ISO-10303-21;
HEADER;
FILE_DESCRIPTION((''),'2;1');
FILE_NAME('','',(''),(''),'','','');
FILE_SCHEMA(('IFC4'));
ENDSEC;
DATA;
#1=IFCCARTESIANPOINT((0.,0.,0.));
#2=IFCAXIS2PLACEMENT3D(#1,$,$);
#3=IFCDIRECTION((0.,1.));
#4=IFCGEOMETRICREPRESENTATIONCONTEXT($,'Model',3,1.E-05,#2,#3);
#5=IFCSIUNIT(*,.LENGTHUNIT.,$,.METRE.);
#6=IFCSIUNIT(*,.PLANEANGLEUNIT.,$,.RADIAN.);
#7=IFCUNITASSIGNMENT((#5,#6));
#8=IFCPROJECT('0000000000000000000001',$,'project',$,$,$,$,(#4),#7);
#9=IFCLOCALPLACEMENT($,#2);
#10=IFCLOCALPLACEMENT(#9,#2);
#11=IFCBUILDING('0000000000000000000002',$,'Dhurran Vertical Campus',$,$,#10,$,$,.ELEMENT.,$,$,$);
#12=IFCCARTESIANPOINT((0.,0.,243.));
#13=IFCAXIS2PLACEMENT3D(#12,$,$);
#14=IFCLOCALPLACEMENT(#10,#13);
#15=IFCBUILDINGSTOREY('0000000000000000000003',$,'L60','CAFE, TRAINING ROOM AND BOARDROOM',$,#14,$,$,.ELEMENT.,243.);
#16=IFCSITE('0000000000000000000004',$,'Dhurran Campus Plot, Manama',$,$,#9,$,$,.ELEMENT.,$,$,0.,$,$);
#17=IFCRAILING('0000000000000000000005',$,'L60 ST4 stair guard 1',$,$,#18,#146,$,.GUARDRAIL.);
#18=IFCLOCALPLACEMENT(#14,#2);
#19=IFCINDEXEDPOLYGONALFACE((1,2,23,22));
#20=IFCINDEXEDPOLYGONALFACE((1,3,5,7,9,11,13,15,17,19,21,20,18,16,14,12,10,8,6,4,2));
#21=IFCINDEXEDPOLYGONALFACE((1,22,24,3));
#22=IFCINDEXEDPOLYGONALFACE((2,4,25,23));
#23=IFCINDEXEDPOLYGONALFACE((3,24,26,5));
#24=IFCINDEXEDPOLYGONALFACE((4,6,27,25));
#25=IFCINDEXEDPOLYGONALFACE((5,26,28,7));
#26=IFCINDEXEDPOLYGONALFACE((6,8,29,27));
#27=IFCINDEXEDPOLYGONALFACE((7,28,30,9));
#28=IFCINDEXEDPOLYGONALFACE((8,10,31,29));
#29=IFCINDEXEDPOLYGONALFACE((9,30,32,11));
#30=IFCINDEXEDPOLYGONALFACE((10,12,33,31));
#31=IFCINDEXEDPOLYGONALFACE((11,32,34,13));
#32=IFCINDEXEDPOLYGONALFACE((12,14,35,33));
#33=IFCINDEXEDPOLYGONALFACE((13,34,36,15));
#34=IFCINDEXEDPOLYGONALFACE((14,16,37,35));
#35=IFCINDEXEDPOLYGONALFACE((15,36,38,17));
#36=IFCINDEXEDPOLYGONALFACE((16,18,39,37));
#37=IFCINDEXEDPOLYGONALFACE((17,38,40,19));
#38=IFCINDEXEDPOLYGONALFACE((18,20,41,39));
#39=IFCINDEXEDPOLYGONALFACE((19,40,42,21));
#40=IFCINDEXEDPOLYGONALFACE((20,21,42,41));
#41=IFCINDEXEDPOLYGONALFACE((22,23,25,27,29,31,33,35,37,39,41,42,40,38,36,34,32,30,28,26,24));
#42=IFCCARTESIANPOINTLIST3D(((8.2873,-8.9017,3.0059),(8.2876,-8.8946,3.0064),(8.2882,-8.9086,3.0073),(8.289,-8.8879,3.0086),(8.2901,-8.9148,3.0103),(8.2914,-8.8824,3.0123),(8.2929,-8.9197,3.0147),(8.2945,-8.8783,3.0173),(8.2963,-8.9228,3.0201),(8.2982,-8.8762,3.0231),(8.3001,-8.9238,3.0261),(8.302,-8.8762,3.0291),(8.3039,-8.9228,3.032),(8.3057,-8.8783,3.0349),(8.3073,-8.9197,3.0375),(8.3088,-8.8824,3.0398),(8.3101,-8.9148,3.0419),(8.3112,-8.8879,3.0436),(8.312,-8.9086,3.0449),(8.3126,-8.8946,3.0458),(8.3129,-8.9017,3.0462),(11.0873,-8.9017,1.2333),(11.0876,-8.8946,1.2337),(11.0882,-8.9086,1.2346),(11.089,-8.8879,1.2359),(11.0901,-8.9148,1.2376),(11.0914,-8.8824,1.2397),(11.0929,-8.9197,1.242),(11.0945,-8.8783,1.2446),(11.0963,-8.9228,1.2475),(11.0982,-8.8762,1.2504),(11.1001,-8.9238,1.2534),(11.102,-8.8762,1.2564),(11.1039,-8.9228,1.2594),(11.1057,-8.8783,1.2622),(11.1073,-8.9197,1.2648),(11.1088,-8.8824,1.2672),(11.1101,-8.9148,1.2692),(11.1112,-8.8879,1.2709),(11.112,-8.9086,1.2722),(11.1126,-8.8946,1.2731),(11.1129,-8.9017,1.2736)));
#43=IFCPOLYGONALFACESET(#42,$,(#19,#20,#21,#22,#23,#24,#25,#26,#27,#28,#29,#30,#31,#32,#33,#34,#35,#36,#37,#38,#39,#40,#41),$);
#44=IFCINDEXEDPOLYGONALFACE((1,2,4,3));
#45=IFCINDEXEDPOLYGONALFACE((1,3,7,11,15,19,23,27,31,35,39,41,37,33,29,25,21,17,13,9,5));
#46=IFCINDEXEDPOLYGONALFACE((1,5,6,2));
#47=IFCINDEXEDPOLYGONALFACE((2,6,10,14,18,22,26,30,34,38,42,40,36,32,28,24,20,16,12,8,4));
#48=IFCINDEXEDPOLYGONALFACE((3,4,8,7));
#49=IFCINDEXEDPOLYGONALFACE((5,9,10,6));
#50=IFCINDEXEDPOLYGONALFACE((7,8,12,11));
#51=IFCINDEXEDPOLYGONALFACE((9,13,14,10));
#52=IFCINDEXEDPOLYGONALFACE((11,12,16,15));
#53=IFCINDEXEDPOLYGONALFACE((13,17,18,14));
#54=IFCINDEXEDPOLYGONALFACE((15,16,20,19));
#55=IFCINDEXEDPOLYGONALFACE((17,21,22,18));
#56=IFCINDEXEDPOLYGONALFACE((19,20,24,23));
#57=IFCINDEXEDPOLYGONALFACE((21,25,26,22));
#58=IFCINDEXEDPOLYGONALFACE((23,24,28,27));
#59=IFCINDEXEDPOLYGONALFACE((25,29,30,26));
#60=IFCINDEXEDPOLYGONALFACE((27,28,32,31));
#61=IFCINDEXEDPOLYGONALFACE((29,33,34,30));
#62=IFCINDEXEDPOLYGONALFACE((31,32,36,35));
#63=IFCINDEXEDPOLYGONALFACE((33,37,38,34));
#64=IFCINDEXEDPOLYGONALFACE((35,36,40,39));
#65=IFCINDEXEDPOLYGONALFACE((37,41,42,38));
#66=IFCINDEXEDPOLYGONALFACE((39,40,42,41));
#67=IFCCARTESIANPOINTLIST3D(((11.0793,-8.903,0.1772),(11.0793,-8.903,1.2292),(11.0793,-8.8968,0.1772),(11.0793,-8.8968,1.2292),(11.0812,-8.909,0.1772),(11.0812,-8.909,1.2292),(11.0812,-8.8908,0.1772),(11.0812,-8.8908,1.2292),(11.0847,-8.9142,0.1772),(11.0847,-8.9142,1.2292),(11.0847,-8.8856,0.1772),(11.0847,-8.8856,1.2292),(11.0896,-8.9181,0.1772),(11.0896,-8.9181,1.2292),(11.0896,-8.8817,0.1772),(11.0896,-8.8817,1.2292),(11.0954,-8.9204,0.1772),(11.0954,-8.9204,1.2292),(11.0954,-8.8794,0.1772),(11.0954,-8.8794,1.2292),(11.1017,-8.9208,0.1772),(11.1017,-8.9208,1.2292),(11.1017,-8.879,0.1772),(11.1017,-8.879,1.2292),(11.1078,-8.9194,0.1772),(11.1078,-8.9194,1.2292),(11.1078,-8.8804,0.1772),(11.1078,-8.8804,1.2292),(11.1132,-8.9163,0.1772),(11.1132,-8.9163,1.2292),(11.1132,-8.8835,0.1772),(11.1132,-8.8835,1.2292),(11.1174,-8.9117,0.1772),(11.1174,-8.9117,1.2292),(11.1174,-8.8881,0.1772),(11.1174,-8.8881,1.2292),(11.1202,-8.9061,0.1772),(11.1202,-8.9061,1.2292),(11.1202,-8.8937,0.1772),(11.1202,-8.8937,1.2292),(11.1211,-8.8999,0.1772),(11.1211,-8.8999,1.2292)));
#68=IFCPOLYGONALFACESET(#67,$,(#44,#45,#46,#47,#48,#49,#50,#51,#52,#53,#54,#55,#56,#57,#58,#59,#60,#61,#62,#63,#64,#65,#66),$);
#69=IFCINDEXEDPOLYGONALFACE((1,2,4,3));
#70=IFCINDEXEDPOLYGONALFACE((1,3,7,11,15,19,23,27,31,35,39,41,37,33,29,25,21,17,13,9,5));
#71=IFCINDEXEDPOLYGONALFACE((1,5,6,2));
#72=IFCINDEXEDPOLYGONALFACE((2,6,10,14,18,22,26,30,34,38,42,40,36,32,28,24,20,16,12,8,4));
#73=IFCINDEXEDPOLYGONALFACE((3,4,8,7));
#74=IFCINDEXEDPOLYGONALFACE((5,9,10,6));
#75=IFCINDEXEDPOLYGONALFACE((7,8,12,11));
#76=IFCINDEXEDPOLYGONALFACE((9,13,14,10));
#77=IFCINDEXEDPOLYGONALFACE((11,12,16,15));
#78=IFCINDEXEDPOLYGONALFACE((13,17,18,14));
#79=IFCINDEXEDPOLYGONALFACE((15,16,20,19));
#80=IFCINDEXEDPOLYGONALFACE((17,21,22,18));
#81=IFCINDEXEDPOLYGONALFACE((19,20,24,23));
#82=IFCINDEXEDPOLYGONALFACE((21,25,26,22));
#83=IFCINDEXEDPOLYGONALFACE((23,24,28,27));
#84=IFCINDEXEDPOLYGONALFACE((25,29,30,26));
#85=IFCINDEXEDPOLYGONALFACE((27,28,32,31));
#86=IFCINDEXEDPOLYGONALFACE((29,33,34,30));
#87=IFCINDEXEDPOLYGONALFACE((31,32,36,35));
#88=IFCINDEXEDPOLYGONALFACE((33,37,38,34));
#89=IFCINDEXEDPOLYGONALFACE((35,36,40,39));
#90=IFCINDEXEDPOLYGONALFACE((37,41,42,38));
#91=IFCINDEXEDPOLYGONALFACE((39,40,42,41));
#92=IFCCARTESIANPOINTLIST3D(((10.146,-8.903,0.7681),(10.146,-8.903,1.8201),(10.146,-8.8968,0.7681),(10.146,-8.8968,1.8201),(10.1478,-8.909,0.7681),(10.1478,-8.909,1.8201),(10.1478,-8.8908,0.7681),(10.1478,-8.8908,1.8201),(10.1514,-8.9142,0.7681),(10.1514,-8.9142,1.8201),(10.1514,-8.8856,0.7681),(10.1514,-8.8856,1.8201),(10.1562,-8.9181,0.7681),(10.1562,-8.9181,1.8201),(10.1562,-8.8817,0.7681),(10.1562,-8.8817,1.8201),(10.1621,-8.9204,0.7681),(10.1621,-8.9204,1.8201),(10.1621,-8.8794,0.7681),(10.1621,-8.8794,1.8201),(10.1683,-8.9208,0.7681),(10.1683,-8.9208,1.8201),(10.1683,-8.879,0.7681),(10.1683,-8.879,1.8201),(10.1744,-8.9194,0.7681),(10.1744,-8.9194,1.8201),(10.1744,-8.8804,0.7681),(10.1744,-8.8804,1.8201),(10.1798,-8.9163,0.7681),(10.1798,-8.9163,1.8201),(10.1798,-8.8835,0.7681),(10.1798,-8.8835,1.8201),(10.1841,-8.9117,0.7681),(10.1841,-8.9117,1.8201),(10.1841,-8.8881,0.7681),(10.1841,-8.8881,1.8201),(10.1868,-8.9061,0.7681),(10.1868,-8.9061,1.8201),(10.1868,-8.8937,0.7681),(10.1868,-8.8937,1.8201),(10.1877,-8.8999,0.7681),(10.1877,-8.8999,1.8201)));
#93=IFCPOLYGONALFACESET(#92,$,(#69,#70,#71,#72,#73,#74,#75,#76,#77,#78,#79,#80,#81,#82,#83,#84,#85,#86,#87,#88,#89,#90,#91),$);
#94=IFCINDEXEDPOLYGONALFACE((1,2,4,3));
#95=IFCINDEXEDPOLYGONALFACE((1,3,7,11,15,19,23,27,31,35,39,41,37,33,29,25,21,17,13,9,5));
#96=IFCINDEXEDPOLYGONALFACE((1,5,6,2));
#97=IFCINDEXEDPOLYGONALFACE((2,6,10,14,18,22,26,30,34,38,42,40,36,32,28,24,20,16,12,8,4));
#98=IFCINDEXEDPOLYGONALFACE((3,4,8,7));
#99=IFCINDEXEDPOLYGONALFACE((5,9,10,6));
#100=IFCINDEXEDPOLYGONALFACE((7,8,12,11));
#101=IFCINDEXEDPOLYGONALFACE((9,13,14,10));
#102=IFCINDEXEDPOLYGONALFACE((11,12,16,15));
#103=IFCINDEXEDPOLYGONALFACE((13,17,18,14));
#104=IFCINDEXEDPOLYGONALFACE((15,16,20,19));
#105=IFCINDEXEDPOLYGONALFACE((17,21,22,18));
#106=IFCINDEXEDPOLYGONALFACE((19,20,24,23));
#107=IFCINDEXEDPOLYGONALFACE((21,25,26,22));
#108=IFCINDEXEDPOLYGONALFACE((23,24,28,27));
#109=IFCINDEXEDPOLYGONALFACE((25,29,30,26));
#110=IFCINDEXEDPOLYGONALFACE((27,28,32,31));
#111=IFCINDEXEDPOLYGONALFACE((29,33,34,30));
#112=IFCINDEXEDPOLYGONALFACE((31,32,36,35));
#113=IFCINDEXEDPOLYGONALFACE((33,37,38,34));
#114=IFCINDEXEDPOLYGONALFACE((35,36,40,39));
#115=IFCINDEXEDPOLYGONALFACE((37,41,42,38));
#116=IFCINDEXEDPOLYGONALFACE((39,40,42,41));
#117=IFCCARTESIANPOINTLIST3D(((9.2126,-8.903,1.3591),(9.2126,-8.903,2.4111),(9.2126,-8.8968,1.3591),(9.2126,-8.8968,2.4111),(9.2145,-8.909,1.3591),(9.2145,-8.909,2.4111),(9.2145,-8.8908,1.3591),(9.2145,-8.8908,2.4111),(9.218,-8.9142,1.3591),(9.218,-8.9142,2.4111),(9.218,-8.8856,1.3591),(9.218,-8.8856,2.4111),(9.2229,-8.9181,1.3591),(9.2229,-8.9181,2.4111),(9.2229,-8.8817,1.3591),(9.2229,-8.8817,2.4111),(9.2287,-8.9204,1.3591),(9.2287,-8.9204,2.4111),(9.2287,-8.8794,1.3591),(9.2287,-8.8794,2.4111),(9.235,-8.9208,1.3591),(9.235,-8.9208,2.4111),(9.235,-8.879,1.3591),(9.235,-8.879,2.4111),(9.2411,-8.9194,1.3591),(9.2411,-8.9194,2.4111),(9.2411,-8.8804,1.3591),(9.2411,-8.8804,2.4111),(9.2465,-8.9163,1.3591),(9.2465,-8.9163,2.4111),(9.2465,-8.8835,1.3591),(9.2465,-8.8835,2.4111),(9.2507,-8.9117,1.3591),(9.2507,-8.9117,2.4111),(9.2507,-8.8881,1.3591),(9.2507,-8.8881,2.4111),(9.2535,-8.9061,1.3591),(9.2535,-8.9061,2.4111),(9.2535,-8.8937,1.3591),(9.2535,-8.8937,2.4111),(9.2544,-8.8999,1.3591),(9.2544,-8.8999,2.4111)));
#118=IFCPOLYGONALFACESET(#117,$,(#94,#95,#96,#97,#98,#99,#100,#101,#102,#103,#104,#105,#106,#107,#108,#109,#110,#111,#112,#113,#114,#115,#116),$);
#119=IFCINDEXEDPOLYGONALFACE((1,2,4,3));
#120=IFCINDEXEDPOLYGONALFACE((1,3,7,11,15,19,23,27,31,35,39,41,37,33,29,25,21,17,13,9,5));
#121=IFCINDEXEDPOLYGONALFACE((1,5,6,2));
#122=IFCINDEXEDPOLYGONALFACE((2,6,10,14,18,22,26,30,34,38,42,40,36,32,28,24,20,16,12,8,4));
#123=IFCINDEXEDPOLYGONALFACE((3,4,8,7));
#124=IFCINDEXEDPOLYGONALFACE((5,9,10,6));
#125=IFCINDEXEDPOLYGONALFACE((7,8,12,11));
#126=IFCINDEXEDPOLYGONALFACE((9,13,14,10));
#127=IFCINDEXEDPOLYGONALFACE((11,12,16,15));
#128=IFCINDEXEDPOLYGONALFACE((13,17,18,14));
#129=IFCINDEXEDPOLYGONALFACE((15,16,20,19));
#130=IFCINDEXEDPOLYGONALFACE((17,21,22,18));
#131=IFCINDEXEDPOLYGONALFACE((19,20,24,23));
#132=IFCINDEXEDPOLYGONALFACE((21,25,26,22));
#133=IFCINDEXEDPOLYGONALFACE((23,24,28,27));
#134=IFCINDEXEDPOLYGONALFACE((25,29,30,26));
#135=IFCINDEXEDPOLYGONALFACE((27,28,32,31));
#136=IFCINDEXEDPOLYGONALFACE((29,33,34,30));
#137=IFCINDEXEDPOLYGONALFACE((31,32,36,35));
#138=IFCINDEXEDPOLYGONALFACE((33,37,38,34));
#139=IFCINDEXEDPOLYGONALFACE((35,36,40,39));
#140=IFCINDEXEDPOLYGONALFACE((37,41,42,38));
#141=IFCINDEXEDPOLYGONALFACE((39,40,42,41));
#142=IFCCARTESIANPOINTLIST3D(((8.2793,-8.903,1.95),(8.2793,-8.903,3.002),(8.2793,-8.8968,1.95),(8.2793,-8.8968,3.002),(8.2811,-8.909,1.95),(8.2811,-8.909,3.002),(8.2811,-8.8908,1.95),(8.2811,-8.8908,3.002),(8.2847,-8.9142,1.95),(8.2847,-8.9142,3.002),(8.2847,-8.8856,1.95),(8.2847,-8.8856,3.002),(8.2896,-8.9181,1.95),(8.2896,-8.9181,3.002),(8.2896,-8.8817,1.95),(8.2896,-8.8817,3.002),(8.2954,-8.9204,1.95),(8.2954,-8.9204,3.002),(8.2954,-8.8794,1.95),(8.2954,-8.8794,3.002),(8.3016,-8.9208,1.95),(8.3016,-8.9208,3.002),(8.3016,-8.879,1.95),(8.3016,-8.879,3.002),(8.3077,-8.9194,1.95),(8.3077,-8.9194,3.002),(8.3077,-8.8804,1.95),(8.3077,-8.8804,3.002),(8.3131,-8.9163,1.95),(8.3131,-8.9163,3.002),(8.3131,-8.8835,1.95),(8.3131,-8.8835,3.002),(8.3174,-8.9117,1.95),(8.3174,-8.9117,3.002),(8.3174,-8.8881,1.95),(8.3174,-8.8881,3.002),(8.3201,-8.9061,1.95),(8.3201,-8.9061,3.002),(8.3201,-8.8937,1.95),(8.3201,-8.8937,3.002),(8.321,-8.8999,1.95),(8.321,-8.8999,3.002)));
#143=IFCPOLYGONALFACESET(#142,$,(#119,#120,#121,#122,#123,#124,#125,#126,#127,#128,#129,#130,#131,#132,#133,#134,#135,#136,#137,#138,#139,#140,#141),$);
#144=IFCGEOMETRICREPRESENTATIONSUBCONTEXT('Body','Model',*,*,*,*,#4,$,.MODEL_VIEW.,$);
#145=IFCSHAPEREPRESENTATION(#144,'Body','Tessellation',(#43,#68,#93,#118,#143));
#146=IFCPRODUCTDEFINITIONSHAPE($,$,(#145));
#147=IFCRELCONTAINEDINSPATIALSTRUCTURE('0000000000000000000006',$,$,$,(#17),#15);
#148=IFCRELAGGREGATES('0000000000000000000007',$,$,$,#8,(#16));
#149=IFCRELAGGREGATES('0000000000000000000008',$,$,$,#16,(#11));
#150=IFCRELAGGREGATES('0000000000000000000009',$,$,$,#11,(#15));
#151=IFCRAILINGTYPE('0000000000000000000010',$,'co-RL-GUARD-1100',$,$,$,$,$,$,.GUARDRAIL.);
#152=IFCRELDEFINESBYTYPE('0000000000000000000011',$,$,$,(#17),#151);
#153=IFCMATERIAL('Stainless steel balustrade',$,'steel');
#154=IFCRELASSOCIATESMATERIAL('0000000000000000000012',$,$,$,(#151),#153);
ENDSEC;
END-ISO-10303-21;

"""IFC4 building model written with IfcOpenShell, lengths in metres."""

from ifc_helpers import new_model, si_unit, direction, frame, origin, origin_2d, place, context, subcontext, project, spatial, circle, extrude, material, type_object, element, save


model = new_model("IFC4")

# Units and contexts
model_context = context("Model", 3, precision=1e-05, world=origin(), true_north=direction((0.0, 1.0)))
body_context = subcontext(model_context, "Body", "Model", "MODEL_VIEW")
ifc_project = project(units=[si_unit("LENGTHUNIT", "METRE"), si_unit("PLANEANGLEUNIT", "RADIAN")], contexts=[model_context])

# Site, building, storey
site_placement = place(None, origin())
site = spatial("IfcSite", under=ifc_project, at=site_placement, Name="Dhurran Campus Plot, Manama", CompositionType="ELEMENT", RefElevation=0.0)
building_placement = place(site_placement, origin())
building = spatial("IfcBuilding", under=site, at=building_placement, Name="Dhurran Vertical Campus", CompositionType="ELEMENT")
storey_placement = place(building_placement, frame((0.0, 0.0, 243.0)))
storey = spatial("IfcBuildingStorey", under=building, at=storey_placement, Name="L60", Description="CAFE, TRAINING ROOM AND BOARDROOM", CompositionType="ELEMENT", Elevation=243.0)

# Railing
ifc_material_1 = material(Name="Stainless steel balustrade", Category="steel")
railing_type_1 = type_object("IfcRailingType", Name="co-RL-GUARD-1100", PredefinedType="GUARDRAIL", material=ifc_material_1)
railing_1_placement = place(storey_placement, frame((11.1001, -8.8999, 0.1772)))
element("IfcRailing", 1, at=railing_1_placement, inside=storey, type_object=railing_type_1, Name="L60 ST4 stair guard 1", PredefinedType="GUARDRAIL", context=body_context, shape_type="SweptSolid", body=[
    extrude(circle(Radius=0.0239, at=origin_2d()), frame((0.0, 0.0, 1.0762), z_axis=(-0.844909, 0.0, 0.53491), x_axis=(0.0, -1.0, 0.0)), (0.0, 0.0, 1.0), 3.314),
    extrude(circle(Radius=0.021, at=origin_2d()), origin(), (0.0, 0.0, 1.0), 1.052),
    extrude(circle(Radius=0.021, at=origin_2d()), frame((-0.9333, 0.0, 0.5908)), (0.0, 0.0, 1.0), 1.052),
    extrude(circle(Radius=0.021, at=origin_2d()), frame((-1.8667, 0.0, 1.1819)), (0.0, 0.0, 1.0), 1.052),
    extrude(circle(Radius=0.021, at=origin_2d()), frame((-2.8, 0.0, 1.7727)), (0.0, 0.0, 1.0), 1.052),
])

save(model, "model.ifc")
